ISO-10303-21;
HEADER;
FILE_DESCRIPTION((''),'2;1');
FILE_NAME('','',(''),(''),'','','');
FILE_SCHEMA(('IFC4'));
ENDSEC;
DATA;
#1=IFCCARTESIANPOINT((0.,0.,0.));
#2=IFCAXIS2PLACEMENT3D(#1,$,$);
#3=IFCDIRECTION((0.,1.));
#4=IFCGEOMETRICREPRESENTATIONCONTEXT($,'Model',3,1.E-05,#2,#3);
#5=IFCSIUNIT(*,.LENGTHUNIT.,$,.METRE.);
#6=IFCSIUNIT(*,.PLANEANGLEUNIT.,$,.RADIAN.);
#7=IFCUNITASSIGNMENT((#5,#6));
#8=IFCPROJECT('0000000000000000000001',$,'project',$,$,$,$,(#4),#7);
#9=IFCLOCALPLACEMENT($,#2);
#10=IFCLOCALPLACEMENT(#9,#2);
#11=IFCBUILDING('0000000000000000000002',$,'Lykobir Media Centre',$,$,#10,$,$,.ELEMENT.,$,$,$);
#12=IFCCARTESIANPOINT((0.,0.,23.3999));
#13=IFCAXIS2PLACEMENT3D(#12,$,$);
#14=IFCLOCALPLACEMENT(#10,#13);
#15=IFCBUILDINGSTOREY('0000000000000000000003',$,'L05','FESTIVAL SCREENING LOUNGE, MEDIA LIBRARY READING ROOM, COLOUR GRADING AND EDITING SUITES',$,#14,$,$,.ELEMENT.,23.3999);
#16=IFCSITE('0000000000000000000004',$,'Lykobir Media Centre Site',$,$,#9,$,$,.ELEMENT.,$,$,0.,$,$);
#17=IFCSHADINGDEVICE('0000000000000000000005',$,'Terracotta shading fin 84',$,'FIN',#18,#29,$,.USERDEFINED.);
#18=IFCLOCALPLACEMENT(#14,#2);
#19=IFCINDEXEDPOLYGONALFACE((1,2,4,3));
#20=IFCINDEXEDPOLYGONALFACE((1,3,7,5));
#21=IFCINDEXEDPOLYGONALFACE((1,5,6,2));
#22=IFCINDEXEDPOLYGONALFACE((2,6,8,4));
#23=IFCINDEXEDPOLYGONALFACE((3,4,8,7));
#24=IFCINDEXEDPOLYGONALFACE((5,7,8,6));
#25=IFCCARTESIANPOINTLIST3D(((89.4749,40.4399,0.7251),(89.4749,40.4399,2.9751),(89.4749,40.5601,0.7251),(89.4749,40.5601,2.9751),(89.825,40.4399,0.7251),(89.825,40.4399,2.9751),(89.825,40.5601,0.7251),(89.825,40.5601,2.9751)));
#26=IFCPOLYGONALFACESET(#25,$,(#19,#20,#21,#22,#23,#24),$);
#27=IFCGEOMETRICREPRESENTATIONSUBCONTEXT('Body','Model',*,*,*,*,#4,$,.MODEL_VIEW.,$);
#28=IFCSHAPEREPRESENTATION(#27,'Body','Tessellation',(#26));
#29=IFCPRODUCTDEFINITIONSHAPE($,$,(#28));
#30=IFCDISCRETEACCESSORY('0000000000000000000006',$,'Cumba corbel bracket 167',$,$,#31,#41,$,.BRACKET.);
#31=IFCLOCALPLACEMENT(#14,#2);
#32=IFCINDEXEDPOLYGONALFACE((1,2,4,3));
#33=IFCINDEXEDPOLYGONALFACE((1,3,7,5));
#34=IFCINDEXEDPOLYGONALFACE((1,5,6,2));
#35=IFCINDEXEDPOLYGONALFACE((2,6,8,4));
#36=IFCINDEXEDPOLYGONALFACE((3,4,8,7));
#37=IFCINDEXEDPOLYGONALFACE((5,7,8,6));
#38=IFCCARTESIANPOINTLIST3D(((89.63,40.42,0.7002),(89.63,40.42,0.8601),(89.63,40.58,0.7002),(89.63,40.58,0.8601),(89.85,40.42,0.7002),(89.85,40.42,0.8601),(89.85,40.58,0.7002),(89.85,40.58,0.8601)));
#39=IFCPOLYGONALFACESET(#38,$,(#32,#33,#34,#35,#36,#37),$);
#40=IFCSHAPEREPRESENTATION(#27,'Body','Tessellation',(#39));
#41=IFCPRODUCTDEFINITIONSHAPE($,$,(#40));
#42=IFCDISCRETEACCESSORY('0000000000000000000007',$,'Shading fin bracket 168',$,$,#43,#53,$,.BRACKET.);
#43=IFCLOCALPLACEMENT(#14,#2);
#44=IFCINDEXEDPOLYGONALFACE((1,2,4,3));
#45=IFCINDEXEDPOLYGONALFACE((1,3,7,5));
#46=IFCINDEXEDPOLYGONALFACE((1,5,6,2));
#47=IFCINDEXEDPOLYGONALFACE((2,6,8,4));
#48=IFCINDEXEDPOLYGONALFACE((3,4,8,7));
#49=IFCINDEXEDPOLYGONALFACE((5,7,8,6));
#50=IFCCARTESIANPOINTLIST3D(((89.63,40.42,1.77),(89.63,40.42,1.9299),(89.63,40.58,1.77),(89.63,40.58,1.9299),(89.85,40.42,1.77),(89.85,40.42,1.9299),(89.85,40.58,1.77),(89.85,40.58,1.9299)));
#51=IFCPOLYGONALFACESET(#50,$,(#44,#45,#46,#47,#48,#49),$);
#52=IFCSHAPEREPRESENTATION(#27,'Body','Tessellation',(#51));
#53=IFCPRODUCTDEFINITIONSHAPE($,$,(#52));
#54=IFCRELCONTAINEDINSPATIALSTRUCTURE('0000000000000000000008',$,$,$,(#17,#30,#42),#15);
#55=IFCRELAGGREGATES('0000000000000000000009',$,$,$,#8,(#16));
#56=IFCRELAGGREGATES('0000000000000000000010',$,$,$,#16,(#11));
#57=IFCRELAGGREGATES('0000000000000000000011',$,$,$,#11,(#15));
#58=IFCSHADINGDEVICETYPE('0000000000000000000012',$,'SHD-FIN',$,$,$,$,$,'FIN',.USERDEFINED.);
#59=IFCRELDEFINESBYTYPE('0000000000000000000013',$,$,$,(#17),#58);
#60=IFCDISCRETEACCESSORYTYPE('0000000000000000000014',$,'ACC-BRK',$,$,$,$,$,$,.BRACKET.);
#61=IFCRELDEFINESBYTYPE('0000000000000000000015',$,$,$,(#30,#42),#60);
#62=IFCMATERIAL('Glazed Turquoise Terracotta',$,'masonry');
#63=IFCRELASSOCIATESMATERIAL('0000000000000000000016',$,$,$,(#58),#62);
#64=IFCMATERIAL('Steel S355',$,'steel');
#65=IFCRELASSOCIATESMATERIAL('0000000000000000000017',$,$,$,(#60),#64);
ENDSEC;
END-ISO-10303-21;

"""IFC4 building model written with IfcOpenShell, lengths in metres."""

from ifc_helpers import new_model, si_unit, direction, frame, origin, origin_2d, place, context, subcontext, project, spatial, rectangle, extrude, material, type_object, element, save


model = new_model("IFC4")

# Units and contexts
model_context = context("Model", 3, precision=1e-05, world=origin(), true_north=direction((0.0, 1.0)))
body_context = subcontext(model_context, "Body", "Model", "MODEL_VIEW")
ifc_project = project(units=[si_unit("LENGTHUNIT", "METRE"), si_unit("PLANEANGLEUNIT", "RADIAN")], contexts=[model_context])

# Site, building, storey
site_placement = place(None, origin())
site = spatial("IfcSite", under=ifc_project, at=site_placement, Name="Lykobir Media Centre Site", CompositionType="ELEMENT", RefElevation=0.0)
building_placement = place(site_placement, origin())
building = spatial("IfcBuilding", under=site, at=building_placement, Name="Lykobir Media Centre", CompositionType="ELEMENT")
storey_placement = place(building_placement, frame((0.0, 0.0, 23.3999)))
storey = spatial("IfcBuildingStorey", under=building, at=storey_placement, Name="L05", Description="FESTIVAL SCREENING LOUNGE, MEDIA LIBRARY READING ROOM, COLOUR GRADING AND EDITING SUITES", CompositionType="ELEMENT", Elevation=23.3999)

# Shared definitions
ifc_material_1 = material(Name="Steel S355", Category="steel")

# Shared definitions
ifc_material_2 = material(Name="Glazed Turquoise Terracotta", Category="masonry")

# Shading device
shading_device_type = type_object("IfcShadingDeviceType", Name="SHD-FIN", ElementType="FIN", PredefinedType="USERDEFINED", material=ifc_material_2)
shading_device_placement = place(storey_placement, frame((89.6499, 40.5, 0.7251), z_axis=(0.0, 0.0, 1.0), x_axis=(0.0, -1.0, 0.0)))
element("IfcShadingDevice", 1, at=shading_device_placement, inside=storey, type_object=shading_device_type, Name="Terracotta shading fin 84", ObjectType="FIN", PredefinedType="USERDEFINED", context=body_context, shape_type="SweptSolid", body=[
    extrude(rectangle(XDim=0.1201, YDim=0.3501, at=origin_2d()), origin(), (0.0, 0.0, 1.0), 2.25),
])

# Discrete accessories
discrete_accessory_type = type_object("IfcDiscreteAccessoryType", Name="ACC-BRK", PredefinedType="BRACKET", material=ifc_material_1)
for number, where, z_axis, x_axis, name in (
    (2, (89.74, 40.5, 0.7002), (0.0, 0.0, 1.0), (0.0, -1.0, 0.0), "Cumba corbel bracket 167"),
    (3, (89.74, 40.5, 1.77), (0.0, 0.0, 1.0), (0.0, -1.0, 0.0), "Shading fin bracket 168"),
):
    element("IfcDiscreteAccessory", number, at=place(storey_placement, frame(where, z_axis=z_axis, x_axis=x_axis)), inside=storey, type_object=discrete_accessory_type, Name=name, PredefinedType="BRACKET", context=body_context, shape_type="SweptSolid", body=[
        extrude(rectangle(XDim=0.1599, YDim=0.22, at=origin_2d()), origin(), (0.0, 0.0, 1.0), 0.1599),
    ])

save(model, "model.ifc")
